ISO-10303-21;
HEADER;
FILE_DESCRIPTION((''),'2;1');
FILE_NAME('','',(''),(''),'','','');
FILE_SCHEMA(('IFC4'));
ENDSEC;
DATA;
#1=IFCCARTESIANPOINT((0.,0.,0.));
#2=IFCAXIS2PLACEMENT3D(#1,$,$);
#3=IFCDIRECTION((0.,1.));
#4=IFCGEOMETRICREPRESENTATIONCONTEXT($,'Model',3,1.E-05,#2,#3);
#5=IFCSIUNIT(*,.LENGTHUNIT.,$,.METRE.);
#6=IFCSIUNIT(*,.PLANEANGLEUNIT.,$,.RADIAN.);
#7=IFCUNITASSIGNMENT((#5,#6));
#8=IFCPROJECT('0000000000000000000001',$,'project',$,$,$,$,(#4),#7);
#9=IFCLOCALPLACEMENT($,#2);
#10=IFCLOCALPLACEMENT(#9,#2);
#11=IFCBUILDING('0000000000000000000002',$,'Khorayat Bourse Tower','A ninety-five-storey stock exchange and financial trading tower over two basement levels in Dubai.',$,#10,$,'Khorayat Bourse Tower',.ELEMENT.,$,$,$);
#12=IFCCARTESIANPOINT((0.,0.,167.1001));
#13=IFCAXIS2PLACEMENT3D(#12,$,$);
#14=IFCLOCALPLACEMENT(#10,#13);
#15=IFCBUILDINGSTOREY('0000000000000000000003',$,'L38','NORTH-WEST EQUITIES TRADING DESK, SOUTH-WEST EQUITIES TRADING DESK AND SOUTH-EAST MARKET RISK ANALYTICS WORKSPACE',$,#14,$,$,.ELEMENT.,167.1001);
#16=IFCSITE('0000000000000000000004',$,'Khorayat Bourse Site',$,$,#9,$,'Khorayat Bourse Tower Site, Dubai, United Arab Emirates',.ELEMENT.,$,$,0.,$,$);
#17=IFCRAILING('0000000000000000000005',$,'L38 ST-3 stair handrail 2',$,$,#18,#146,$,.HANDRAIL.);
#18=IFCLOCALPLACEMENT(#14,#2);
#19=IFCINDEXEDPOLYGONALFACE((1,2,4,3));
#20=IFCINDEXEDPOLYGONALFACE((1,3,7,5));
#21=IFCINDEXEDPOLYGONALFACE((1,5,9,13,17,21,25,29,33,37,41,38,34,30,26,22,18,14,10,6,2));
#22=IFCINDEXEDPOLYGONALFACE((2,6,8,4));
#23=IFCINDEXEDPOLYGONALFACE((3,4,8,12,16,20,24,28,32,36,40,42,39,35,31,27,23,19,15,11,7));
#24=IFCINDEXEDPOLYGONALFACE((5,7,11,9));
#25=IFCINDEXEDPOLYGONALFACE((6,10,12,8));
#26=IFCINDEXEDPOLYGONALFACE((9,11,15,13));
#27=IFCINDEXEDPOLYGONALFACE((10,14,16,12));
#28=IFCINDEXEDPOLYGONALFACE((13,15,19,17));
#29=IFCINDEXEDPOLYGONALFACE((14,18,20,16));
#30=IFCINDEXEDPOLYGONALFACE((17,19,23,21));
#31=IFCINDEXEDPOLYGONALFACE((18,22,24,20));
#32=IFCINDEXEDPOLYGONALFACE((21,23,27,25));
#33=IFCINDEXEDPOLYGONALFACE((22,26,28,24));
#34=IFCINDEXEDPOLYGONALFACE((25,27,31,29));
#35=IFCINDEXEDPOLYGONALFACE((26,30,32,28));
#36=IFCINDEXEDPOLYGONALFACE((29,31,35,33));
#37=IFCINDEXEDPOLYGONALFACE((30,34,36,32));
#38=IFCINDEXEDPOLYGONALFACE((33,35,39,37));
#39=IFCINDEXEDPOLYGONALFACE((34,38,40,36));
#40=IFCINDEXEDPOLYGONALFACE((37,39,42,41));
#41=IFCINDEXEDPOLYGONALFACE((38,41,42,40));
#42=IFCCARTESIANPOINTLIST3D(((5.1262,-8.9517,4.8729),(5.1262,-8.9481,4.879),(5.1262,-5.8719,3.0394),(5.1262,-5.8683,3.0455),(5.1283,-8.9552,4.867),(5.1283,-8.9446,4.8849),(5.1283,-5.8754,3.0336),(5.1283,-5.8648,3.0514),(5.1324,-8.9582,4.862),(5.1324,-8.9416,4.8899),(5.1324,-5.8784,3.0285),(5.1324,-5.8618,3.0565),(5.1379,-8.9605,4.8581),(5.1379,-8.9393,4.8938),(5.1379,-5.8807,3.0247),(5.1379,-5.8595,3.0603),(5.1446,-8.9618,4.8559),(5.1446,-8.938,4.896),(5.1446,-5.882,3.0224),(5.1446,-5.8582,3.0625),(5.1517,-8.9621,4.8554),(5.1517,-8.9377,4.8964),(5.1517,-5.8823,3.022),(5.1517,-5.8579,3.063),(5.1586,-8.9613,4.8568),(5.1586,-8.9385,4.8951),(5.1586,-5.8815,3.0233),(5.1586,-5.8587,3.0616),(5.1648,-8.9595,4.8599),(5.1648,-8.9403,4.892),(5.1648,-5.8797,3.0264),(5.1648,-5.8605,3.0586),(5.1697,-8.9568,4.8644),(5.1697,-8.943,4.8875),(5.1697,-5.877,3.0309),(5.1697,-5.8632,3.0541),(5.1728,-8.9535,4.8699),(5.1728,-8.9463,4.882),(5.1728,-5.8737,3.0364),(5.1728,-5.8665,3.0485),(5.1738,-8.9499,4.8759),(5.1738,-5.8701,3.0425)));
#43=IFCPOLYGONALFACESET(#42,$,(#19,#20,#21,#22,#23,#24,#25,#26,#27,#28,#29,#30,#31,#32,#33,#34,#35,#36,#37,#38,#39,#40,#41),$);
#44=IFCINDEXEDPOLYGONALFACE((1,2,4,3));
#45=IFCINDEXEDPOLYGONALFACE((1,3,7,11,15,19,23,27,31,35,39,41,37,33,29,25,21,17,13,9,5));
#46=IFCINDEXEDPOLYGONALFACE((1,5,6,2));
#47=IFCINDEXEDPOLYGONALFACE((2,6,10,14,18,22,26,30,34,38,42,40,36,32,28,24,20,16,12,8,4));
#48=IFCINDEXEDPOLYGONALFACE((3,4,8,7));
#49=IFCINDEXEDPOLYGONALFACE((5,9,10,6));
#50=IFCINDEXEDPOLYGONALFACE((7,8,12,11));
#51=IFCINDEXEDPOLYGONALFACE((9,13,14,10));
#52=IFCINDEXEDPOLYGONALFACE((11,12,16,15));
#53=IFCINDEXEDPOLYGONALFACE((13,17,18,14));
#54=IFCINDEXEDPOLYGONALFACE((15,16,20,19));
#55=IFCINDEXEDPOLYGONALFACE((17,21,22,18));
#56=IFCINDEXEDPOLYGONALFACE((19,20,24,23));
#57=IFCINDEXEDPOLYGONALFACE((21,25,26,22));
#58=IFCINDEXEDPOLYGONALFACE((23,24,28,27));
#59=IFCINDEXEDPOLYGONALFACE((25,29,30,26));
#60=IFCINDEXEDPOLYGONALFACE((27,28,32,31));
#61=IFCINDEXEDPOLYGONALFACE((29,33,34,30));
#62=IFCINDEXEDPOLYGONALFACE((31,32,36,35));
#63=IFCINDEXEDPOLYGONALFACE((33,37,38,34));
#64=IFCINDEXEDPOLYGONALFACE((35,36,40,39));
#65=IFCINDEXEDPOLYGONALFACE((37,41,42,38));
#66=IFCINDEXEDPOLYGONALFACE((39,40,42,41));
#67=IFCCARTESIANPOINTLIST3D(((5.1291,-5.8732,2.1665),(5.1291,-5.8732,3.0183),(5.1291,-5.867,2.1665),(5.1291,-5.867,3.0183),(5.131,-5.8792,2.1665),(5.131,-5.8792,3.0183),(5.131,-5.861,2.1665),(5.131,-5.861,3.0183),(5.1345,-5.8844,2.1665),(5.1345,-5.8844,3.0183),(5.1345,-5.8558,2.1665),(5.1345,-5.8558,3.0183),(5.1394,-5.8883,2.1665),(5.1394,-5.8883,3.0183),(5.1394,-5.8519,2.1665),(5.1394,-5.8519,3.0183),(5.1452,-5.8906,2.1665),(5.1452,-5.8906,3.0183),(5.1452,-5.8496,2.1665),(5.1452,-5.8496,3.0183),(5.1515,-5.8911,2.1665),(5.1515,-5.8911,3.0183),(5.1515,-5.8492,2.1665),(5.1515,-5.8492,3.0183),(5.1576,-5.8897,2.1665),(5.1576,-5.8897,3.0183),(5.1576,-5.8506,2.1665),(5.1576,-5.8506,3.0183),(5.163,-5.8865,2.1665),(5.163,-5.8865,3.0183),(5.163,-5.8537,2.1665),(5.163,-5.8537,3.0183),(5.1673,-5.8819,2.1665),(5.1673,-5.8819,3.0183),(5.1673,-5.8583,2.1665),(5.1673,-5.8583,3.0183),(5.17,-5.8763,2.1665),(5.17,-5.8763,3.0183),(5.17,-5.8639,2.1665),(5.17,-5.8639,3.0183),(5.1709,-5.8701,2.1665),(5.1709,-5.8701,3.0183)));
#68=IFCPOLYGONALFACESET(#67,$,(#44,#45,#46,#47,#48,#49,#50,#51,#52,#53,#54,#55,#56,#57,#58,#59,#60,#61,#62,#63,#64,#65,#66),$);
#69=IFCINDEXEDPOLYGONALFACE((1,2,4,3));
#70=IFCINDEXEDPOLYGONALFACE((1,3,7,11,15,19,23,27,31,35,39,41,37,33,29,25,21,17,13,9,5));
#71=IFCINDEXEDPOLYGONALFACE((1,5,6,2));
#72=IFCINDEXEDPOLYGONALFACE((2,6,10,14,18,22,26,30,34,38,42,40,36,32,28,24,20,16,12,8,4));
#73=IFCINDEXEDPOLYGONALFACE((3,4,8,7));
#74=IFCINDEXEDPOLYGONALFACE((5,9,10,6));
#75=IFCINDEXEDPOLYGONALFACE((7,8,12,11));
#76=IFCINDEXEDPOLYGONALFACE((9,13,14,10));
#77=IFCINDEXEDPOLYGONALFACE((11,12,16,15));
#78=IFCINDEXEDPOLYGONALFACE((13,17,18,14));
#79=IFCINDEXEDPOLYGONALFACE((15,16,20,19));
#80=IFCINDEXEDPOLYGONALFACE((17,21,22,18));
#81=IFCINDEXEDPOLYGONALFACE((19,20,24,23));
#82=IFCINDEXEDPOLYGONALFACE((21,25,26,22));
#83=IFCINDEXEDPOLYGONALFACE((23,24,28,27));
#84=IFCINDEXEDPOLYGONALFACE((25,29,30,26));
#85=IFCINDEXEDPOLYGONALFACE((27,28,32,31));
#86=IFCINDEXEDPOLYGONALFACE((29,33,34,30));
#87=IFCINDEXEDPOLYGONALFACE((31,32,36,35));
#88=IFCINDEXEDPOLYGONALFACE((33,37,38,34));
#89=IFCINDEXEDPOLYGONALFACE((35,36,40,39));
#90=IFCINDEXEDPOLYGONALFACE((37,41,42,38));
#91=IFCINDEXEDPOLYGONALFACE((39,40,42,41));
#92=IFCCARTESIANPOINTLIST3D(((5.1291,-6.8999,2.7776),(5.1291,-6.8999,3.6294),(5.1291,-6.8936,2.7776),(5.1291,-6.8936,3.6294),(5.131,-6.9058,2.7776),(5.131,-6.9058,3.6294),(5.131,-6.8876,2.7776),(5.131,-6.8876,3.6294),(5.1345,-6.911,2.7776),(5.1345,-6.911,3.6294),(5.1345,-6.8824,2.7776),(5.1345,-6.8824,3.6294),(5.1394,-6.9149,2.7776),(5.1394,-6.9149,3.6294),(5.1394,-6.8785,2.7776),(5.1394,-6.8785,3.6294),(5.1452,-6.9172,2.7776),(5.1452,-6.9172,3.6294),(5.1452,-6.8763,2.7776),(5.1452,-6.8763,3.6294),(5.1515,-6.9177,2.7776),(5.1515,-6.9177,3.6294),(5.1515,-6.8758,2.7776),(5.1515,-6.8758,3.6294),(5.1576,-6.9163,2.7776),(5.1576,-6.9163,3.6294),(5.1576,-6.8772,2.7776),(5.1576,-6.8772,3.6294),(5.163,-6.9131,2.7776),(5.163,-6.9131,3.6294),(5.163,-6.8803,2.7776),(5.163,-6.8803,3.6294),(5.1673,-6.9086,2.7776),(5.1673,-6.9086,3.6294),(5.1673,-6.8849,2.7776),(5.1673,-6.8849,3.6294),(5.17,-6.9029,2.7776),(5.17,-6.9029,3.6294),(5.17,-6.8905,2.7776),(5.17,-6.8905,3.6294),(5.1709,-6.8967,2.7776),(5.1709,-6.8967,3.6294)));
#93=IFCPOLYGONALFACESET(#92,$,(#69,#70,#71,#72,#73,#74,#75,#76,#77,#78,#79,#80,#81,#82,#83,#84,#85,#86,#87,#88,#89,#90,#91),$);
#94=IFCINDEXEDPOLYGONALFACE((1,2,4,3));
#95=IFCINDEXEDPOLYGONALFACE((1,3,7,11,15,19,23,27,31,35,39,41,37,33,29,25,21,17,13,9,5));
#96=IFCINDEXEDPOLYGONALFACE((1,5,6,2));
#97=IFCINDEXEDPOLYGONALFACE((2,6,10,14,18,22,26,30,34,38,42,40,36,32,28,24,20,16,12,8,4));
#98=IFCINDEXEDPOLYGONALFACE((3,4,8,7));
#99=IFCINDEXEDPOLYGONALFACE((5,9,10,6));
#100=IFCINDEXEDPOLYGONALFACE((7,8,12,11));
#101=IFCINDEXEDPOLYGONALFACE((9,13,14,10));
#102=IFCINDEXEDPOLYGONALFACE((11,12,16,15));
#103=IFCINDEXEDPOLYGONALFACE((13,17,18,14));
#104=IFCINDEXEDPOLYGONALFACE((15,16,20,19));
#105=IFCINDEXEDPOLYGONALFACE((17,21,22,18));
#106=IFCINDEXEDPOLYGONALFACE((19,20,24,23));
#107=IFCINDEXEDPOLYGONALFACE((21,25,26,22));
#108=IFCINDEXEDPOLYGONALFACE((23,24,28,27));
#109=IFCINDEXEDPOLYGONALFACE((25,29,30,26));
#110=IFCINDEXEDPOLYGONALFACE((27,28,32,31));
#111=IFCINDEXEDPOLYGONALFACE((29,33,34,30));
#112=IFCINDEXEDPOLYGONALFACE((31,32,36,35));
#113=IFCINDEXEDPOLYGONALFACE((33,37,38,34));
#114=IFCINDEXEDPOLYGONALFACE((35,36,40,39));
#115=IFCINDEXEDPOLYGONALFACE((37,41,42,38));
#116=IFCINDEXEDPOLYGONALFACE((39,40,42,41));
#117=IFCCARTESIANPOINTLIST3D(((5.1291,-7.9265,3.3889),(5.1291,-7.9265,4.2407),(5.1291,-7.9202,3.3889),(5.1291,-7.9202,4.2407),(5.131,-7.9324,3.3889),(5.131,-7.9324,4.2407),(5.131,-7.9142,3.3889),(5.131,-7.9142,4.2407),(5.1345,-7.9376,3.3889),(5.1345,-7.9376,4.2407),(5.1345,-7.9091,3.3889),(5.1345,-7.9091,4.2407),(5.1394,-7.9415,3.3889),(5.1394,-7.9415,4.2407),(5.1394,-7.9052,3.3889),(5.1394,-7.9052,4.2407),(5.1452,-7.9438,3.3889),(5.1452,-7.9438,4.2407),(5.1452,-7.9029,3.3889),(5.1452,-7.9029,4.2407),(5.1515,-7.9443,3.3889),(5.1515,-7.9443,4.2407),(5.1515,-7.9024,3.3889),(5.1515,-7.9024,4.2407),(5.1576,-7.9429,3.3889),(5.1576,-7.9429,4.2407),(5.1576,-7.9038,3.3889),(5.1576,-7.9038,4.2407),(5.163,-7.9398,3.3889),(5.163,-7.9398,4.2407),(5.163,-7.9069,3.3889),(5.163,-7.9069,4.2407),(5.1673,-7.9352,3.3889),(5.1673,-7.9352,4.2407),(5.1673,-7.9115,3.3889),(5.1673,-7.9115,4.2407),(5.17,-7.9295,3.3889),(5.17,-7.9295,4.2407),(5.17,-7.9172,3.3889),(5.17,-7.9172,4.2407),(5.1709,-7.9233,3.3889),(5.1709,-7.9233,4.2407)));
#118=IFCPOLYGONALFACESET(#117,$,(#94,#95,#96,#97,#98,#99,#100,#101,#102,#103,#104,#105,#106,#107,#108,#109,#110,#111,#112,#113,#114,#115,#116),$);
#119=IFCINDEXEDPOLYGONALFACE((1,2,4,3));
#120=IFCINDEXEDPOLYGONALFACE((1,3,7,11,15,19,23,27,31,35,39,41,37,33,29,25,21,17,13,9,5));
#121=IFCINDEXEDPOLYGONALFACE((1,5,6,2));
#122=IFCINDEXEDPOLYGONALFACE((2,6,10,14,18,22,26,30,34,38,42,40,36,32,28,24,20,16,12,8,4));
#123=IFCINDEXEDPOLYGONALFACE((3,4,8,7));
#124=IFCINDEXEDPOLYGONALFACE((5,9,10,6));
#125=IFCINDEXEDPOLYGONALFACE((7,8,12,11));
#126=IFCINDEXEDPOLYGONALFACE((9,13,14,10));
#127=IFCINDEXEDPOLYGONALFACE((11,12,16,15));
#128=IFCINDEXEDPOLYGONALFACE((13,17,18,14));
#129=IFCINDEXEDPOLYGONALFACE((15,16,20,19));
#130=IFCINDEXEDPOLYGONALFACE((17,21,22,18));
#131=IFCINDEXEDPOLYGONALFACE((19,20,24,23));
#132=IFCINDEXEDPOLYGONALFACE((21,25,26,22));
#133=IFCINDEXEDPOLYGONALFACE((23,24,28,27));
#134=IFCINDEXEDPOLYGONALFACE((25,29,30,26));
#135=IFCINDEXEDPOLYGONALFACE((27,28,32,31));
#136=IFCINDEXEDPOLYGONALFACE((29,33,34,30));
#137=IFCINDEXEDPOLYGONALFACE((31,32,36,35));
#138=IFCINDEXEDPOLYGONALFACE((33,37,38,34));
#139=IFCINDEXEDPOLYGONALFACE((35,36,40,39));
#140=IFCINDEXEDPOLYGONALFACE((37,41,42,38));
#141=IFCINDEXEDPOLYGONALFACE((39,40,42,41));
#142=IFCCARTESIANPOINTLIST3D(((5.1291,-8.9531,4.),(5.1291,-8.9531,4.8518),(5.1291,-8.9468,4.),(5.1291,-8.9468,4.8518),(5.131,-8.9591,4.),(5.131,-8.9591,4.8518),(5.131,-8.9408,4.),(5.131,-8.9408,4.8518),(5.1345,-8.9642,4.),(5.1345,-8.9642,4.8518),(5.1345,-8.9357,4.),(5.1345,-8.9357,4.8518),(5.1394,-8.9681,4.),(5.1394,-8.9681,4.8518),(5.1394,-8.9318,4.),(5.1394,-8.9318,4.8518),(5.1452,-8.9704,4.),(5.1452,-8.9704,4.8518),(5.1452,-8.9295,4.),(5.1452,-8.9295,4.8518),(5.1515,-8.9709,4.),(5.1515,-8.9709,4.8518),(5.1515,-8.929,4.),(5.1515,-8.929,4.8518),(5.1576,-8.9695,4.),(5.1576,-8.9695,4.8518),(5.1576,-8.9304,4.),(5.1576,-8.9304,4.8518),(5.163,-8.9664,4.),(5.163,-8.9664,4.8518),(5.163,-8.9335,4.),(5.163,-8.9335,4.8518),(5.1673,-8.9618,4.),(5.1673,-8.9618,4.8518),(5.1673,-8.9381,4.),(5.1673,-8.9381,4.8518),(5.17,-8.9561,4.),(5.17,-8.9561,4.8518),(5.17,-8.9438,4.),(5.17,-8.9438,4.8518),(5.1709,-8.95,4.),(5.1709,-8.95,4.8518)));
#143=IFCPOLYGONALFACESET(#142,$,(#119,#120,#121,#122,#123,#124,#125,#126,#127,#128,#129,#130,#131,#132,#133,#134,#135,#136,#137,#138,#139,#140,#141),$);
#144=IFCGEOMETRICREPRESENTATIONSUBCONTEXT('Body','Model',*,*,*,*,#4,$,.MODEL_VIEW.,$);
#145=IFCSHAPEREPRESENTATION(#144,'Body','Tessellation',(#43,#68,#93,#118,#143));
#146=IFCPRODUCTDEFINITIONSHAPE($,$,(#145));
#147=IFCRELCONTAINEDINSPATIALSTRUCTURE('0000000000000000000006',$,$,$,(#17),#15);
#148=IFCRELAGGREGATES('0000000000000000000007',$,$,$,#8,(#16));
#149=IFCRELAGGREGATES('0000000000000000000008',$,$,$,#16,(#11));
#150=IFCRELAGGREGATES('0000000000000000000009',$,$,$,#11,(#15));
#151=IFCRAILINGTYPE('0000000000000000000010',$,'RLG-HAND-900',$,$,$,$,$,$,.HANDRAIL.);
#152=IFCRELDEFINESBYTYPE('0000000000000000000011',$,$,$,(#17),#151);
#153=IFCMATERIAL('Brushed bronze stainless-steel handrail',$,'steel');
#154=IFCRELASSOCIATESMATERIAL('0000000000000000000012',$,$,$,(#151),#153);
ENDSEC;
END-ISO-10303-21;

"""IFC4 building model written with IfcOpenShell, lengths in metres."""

from ifc_helpers import new_model, si_unit, direction, frame, origin, origin_2d, place, context, subcontext, project, spatial, circle, extrude, source, transform, mapped, material, type_object, element, save


model = new_model("IFC4")

# Units and contexts
model_context = context("Model", 3, precision=1e-05, world=origin(), true_north=direction((0.0, 1.0)))
body_context = subcontext(model_context, "Body", "Model", "MODEL_VIEW")
ifc_project = project(units=[si_unit("LENGTHUNIT", "METRE"), si_unit("PLANEANGLEUNIT", "RADIAN")], contexts=[model_context])

# Site, building, storey
site_placement = place(None, origin())
site = spatial("IfcSite", under=ifc_project, at=site_placement, Name="Khorayat Bourse Site", LongName="Khorayat Bourse Tower Site, Dubai, United Arab Emirates", CompositionType="ELEMENT", RefElevation=0.0)
building_placement = place(site_placement, origin())
building = spatial("IfcBuilding", under=site, at=building_placement, Name="Khorayat Bourse Tower", Description="A ninety-five-storey stock exchange and financial trading tower over two basement levels in Dubai.", LongName="Khorayat Bourse Tower", CompositionType="ELEMENT")
storey_placement = place(building_placement, frame((0.0, 0.0, 167.1001)))
storey = spatial("IfcBuildingStorey", under=building, at=storey_placement, Name="L38", Description="NORTH-WEST EQUITIES TRADING DESK, SOUTH-WEST EQUITIES TRADING DESK AND SOUTH-EAST MARKET RISK ANALYTICS WORKSPACE", CompositionType="ELEMENT", Elevation=167.1001)

# Railing
ifc_material_1 = material(Name="Brushed bronze stainless-steel handrail", Category="steel")
railing_type = type_object("IfcRailingType", Name="RLG-HAND-900", PredefinedType="HANDRAIL", material=ifc_material_1)
shared_shape_1 = source(origin(), body_context, "Body", "SweptSolid", [
    extrude(circle(Radius=0.0239, at=origin_2d()), frame((0.0, 0.0, 0.876), z_axis=(0.0, -0.859261, 0.511538), x_axis=(1.0, 0.0, 0.0)), (0.0, 0.0, 1.0), 3.5842),
    extrude(circle(Radius=0.021, at=origin_2d()), origin(), (0.0, 0.0, 1.0), 0.8518),
    extrude(circle(Radius=0.021, at=origin_2d()), frame((0.0, -1.0266, 0.6111)), (0.0, 0.0, 1.0), 0.8518),
    extrude(circle(Radius=0.021, at=origin_2d()), frame((0.0, -2.0532, 1.2224)), (0.0, 0.0, 1.0), 0.8518),
    extrude(circle(Radius=0.021, at=origin_2d()), frame((0.0, -3.0798, 1.8335)), (0.0, 0.0, 1.0), 0.8518),
])
railing_placement = place(storey_placement, frame((5.1499, -5.8701, 2.1665)))
element("IfcRailing", 1, at=railing_placement, inside=storey, type_object=railing_type, Name="L38 ST-3 stair handrail 2", PredefinedType="HANDRAIL", context=body_context, shape_type="MappedRepresentation", body=[
    mapped(shared_shape_1, transform((0.0, 0.0, 0.0), scale=1.0)),
])

save(model, "model.ifc")
